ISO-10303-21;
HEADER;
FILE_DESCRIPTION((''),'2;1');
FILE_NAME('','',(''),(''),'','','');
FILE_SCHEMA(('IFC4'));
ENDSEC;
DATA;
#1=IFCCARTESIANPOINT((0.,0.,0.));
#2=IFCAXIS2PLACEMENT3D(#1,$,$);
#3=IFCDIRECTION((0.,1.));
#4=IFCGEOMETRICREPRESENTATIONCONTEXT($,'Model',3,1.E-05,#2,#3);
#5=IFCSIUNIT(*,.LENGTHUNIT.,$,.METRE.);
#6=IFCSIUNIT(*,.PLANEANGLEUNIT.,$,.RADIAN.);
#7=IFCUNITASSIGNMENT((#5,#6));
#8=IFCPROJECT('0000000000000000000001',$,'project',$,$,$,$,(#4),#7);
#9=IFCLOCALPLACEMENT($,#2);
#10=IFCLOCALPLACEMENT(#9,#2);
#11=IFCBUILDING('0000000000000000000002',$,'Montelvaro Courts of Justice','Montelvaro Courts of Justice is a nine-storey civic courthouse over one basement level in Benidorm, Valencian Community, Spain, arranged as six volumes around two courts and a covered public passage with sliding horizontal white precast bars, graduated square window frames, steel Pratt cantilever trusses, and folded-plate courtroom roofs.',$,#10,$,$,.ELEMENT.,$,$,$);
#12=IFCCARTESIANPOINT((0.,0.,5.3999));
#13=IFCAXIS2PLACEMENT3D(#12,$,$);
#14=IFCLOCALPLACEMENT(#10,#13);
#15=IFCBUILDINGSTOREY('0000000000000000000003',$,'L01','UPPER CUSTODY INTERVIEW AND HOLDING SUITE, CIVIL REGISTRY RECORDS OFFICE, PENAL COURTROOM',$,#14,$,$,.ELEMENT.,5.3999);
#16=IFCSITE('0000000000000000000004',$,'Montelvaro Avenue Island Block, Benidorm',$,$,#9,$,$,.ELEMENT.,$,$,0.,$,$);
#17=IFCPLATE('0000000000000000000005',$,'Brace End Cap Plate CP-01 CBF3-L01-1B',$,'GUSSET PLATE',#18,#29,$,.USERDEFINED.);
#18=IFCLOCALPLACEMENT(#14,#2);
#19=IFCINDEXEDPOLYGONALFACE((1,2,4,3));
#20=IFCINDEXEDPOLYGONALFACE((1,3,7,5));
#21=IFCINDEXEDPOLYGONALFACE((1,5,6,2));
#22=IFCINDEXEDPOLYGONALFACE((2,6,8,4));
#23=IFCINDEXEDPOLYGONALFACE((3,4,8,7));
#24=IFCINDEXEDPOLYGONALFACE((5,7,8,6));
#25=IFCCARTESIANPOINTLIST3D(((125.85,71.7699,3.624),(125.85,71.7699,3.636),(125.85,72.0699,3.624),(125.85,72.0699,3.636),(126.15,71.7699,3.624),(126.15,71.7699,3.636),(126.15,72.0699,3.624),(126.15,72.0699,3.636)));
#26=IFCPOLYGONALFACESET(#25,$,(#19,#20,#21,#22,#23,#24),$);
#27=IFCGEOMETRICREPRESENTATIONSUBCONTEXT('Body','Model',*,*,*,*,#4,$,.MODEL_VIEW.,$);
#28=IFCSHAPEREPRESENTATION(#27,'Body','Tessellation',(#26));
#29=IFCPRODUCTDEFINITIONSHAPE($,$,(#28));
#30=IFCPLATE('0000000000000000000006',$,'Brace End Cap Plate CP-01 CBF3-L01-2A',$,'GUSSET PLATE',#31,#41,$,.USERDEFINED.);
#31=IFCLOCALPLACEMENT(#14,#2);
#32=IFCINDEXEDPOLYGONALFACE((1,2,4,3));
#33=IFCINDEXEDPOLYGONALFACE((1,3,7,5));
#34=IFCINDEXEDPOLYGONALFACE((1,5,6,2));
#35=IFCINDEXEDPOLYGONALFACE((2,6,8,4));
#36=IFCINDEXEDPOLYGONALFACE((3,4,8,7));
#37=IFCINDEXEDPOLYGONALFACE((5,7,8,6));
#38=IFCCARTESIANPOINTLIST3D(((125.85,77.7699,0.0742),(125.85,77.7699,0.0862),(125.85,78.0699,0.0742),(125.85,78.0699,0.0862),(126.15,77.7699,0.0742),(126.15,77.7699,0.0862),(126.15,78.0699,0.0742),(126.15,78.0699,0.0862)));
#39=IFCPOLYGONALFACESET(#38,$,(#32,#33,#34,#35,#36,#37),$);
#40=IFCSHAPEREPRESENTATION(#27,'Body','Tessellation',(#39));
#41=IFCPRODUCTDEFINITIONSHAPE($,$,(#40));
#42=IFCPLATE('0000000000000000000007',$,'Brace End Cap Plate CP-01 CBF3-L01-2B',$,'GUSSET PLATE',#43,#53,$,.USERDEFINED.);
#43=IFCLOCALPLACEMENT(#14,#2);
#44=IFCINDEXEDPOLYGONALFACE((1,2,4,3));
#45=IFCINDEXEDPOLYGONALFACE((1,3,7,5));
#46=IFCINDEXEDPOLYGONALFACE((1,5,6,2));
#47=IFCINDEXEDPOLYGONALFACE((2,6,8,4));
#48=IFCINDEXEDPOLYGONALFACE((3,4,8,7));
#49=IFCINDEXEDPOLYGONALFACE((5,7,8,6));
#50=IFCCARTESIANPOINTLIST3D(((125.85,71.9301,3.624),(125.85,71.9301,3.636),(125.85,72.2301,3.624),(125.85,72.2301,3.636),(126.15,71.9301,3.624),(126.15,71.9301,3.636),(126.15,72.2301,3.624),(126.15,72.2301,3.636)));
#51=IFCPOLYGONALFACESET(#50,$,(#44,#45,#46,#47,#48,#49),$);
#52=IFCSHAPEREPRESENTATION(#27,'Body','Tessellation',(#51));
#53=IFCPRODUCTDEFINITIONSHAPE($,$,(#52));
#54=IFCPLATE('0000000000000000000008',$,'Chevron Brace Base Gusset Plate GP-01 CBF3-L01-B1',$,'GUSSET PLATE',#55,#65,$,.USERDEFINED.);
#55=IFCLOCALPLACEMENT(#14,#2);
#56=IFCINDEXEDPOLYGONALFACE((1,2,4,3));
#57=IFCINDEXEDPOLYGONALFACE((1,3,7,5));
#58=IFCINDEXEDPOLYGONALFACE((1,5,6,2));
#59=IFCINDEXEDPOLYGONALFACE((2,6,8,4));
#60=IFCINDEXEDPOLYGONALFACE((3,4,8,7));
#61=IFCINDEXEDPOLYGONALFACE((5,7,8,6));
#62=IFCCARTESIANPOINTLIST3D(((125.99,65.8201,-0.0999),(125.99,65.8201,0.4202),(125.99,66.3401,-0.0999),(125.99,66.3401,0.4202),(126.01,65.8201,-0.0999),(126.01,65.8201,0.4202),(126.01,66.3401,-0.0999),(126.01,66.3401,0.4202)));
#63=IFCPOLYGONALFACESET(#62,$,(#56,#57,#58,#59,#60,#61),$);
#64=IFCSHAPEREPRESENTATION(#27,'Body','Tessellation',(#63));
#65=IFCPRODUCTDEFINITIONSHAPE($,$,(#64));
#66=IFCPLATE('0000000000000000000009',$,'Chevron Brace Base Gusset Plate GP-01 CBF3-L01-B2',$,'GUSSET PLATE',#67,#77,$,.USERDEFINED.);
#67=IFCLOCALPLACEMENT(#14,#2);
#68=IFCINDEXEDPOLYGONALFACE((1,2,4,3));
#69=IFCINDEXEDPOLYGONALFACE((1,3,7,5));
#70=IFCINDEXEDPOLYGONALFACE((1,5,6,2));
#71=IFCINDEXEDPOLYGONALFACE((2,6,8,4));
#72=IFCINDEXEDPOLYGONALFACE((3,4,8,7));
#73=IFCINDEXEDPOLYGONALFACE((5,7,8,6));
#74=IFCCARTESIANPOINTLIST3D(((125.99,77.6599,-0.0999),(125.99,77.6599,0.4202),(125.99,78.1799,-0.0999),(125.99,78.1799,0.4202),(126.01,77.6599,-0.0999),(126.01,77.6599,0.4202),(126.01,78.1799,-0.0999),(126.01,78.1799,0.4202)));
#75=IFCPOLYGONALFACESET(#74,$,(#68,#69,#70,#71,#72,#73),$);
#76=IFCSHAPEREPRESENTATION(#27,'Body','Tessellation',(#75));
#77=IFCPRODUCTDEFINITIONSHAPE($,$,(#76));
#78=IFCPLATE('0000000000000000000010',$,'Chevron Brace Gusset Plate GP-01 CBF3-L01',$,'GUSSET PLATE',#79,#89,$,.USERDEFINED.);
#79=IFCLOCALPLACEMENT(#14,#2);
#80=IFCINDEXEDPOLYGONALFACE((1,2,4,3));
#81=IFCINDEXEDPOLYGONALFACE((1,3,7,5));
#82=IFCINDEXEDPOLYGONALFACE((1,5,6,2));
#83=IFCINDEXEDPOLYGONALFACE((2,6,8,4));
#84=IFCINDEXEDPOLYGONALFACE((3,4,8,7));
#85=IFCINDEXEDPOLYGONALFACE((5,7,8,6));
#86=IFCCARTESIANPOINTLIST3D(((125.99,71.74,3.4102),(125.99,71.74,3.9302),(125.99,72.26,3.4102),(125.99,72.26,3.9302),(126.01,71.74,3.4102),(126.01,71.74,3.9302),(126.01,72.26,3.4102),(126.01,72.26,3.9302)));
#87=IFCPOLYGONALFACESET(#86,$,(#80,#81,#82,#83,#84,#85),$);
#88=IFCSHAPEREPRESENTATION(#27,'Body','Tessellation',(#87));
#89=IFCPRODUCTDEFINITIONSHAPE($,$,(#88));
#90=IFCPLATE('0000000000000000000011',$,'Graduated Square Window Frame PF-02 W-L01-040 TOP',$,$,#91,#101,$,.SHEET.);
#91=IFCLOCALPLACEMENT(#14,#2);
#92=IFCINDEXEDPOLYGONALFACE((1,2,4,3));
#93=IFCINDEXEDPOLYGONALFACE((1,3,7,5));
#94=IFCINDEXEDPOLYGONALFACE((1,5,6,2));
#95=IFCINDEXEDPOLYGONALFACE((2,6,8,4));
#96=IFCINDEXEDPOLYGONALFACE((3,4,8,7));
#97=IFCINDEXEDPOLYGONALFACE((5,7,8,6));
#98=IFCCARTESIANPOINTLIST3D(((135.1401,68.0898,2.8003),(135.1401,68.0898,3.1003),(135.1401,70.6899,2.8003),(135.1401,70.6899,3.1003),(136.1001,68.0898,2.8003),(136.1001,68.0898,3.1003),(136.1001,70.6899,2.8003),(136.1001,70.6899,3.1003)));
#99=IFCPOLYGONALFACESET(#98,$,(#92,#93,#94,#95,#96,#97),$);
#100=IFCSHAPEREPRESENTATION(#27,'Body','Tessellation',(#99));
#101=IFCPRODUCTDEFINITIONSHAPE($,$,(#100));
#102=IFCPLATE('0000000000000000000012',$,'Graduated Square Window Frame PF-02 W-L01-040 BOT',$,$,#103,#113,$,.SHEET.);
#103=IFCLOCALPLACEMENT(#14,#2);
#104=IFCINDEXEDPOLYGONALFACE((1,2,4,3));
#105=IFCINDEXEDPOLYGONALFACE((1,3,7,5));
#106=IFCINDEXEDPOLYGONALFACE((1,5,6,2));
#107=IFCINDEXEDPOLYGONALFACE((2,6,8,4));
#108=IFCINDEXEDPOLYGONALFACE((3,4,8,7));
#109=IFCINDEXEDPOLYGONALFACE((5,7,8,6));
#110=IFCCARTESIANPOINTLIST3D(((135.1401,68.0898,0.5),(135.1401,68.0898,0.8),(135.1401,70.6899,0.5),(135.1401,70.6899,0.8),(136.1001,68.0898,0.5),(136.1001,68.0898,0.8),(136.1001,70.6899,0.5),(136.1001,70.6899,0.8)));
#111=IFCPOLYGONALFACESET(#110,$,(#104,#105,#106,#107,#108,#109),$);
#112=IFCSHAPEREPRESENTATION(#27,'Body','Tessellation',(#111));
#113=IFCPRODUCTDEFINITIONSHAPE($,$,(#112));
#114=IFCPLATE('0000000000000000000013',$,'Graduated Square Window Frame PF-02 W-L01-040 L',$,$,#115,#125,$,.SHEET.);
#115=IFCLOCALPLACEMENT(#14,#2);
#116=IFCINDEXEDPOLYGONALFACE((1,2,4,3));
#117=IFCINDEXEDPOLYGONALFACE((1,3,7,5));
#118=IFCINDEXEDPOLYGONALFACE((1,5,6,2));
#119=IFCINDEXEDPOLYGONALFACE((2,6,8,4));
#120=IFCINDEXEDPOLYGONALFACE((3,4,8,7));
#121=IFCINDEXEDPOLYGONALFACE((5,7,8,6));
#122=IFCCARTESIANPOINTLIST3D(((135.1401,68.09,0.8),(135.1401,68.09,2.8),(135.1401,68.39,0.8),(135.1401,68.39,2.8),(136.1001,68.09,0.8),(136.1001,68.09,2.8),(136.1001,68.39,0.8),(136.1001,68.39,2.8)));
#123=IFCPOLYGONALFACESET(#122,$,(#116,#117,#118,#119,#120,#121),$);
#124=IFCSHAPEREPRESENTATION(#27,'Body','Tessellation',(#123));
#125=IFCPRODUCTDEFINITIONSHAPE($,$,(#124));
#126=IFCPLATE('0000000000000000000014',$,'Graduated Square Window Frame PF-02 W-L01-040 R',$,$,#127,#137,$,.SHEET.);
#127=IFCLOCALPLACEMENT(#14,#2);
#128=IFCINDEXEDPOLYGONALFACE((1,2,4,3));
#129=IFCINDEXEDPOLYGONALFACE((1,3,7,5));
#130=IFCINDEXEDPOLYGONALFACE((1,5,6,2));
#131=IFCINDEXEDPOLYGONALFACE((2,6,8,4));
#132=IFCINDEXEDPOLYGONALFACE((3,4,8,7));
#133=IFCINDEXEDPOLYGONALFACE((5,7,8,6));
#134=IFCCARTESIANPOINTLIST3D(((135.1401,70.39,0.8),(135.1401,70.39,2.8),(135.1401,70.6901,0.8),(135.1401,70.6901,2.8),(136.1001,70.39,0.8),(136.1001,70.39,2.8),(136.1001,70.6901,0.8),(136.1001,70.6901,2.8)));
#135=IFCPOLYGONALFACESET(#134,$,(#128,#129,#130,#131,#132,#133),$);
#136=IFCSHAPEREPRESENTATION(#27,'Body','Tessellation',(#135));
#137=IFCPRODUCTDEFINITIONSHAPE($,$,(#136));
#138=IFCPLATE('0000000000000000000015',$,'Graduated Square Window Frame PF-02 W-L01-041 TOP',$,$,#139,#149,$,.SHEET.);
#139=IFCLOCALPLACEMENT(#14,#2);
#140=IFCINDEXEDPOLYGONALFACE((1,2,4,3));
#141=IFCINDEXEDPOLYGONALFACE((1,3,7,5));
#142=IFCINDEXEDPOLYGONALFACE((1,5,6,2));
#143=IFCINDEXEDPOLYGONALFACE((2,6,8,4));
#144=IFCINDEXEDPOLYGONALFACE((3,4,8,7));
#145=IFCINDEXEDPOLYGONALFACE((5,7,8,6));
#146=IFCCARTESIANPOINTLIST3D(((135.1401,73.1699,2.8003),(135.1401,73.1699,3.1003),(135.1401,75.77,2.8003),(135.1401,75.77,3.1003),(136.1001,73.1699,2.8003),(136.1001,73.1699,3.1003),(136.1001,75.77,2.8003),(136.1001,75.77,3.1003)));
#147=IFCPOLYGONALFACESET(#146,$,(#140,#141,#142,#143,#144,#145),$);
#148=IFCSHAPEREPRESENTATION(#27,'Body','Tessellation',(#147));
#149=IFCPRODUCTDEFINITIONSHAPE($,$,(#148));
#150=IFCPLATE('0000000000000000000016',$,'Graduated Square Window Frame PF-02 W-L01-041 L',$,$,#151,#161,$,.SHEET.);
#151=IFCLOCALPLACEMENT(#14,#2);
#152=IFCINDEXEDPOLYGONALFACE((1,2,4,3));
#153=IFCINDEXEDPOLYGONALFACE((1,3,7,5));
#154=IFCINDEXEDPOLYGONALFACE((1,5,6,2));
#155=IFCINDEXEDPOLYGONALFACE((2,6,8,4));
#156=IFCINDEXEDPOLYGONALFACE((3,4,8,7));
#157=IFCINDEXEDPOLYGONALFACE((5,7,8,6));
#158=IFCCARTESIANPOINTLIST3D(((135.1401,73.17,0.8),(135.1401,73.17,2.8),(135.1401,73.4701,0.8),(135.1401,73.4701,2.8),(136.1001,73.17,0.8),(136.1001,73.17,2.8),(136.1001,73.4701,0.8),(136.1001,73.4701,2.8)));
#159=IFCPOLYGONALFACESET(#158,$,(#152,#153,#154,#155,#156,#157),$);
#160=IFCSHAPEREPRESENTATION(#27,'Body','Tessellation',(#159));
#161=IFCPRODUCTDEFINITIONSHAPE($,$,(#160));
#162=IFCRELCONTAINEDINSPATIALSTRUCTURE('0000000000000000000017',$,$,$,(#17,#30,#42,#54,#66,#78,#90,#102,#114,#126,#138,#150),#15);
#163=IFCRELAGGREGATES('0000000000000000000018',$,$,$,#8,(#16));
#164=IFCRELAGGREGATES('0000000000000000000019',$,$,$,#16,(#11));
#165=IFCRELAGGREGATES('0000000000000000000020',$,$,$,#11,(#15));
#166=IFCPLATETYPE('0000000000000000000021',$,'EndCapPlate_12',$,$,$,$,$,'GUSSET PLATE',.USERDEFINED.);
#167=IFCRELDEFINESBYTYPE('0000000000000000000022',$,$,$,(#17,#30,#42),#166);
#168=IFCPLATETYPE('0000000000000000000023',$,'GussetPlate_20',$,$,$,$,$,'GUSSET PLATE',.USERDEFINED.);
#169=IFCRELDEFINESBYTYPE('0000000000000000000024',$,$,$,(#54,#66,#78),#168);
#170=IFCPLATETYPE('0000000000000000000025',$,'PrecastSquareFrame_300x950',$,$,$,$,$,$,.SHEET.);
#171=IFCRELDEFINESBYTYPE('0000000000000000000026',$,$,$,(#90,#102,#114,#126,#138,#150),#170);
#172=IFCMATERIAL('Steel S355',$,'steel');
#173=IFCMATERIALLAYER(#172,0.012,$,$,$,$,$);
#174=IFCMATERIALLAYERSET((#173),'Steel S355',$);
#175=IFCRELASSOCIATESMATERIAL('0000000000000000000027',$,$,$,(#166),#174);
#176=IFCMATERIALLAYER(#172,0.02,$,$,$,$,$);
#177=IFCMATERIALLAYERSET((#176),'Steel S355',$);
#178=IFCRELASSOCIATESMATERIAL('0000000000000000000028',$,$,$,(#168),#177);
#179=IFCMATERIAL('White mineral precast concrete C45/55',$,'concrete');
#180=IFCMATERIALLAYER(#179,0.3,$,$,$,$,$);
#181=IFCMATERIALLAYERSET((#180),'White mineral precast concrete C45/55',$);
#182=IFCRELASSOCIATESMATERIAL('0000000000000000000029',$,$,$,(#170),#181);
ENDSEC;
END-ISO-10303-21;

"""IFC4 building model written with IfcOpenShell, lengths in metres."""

from ifc_helpers import new_model, si_unit, direction, frame, origin, origin_2d, place, context, subcontext, project, spatial, rectangle, extrude, material, layer, layer_set, type_object, element, save


model = new_model("IFC4")

# Units and contexts
model_context = context("Model", 3, precision=1e-05, world=origin(), true_north=direction((0.0, 1.0)))
body_context = subcontext(model_context, "Body", "Model", "MODEL_VIEW")
ifc_project = project(units=[si_unit("LENGTHUNIT", "METRE"), si_unit("PLANEANGLEUNIT", "RADIAN")], contexts=[model_context])

# Site, building, storey
site_placement = place(None, origin())
site = spatial("IfcSite", under=ifc_project, at=site_placement, Name="Montelvaro Avenue Island Block, Benidorm", CompositionType="ELEMENT", RefElevation=0.0)
building_placement = place(site_placement, origin())
building = spatial("IfcBuilding", under=site, at=building_placement, Name="Montelvaro Courts of Justice", Description="Montelvaro Courts of Justice is a nine-storey civic courthouse over one basement level in Benidorm, Valencian Community, Spain, arranged as six volumes around two courts and a covered public passage with sliding horizontal white precast bars, graduated square window frames, steel Pratt cantilever trusses, and folded-plate courtroom roofs.", CompositionType="ELEMENT")
storey_placement = place(building_placement, frame((0.0, 0.0, 5.3999)))
storey = spatial("IfcBuildingStorey", under=building, at=storey_placement, Name="L01", Description="UPPER CUSTODY INTERVIEW AND HOLDING SUITE, CIVIL REGISTRY RECORDS OFFICE, PENAL COURTROOM", CompositionType="ELEMENT", Elevation=5.3999)

# Shared definitions
ifc_material_1 = material(Name="Steel S355", Category="steel")

# Plates
ifc_layer_1 = layer(ifc_material_1, 0.012)
ifc_layer_set_1 = layer_set([ifc_layer_1], Name="Steel S355")
plate_type_1 = type_object("IfcPlateType", Name="EndCapPlate_12", ElementType="GUSSET PLATE", PredefinedType="USERDEFINED", material=ifc_layer_set_1)
for number, where, z_axis, x_axis, name in (
    (1, (126.0, 71.9199, 3.624), (0.0, 0.0, 1.0), (1.0, 0.0, 0.0), "Brace End Cap Plate CP-01 CBF3-L01-1B"),
    (2, (126.0, 77.9199, 0.0742), (0.0, 0.0, 1.0), (1.0, 0.0, 0.0), "Brace End Cap Plate CP-01 CBF3-L01-2A"),
    (3, (126.0, 72.0801, 3.624), (0.0, 0.0, 1.0), (1.0, 0.0, 0.0), "Brace End Cap Plate CP-01 CBF3-L01-2B"),
):
    element("IfcPlate", number, at=place(storey_placement, frame(where, z_axis=z_axis, x_axis=x_axis)), inside=storey, type_object=plate_type_1, Name=name, ObjectType="GUSSET PLATE", PredefinedType="USERDEFINED", context=body_context, shape_type="SweptSolid", body=[
        extrude(rectangle(XDim=0.3, YDim=0.3, at=origin_2d()), origin(), (0.0, 0.0, 1.0), 0.012),
    ])
ifc_layer_2 = layer(ifc_material_1, 0.02)
ifc_layer_set_2 = layer_set([ifc_layer_2], Name="Steel S355")
plate_type_2 = type_object("IfcPlateType", Name="GussetPlate_20", ElementType="GUSSET PLATE", PredefinedType="USERDEFINED", material=ifc_layer_set_2)
for number, where, z_axis, x_axis, name in (
    (4, (126.0, 66.0801, -0.0999), (0.0, 0.0, 1.0), (1.0, 0.0, 0.0), "Chevron Brace Base Gusset Plate GP-01 CBF3-L01-B1"),
    (5, (126.0, 77.9199, -0.0999), (0.0, 0.0, 1.0), (1.0, 0.0, 0.0), "Chevron Brace Base Gusset Plate GP-01 CBF3-L01-B2"),
    (6, (126.0, 72.0, 3.4102), (0.0, 0.0, 1.0), (1.0, 0.0, 0.0), "Chevron Brace Gusset Plate GP-01 CBF3-L01"),
):
    element("IfcPlate", number, at=place(storey_placement, frame(where, z_axis=z_axis, x_axis=x_axis)), inside=storey, type_object=plate_type_2, Name=name, ObjectType="GUSSET PLATE", PredefinedType="USERDEFINED", context=body_context, shape_type="SweptSolid", body=[
        extrude(rectangle(XDim=0.02, YDim=0.52, at=origin_2d()), origin(), (0.0, 0.0, 1.0), 0.52),
    ])
ifc_material_2 = material(Name="White mineral precast concrete C45/55", Category="concrete")
ifc_layer_3 = layer(ifc_material_2, 0.3)
ifc_layer_set_3 = layer_set([ifc_layer_3], Name="White mineral precast concrete C45/55")
plate_type_3 = type_object("IfcPlateType", Name="PrecastSquareFrame_300x950", PredefinedType="SHEET", material=ifc_layer_set_3)
for number, where, z_axis, x_axis, name in (
    (7, (135.6201, 69.3899, 2.8003), (0.0, 0.0, 1.0), (0.0, 1.0, 0.0), "Graduated Square Window Frame PF-02 W-L01-040 TOP"),
    (8, (135.6201, 69.3899, 0.5), (0.0, 0.0, 1.0), (0.0, 1.0, 0.0), "Graduated Square Window Frame PF-02 W-L01-040 BOT"),
):
    element("IfcPlate", number, at=place(storey_placement, frame(where, z_axis=z_axis, x_axis=x_axis)), inside=storey, type_object=plate_type_3, Name=name, PredefinedType="SHEET", context=body_context, shape_type="SweptSolid", body=[
        extrude(rectangle(XDim=2.6001, YDim=0.96, at=origin_2d()), origin(), (0.0, 0.0, 1.0), 0.3),
    ])
for number, where, z_axis, x_axis, name in (
    (9, (135.6201, 68.24, 0.8), (0.0, 0.0, 1.0), (0.0, 1.0, 0.0), "Graduated Square Window Frame PF-02 W-L01-040 L"),
    (10, (135.6201, 70.54, 0.8), (0.0, 0.0, 1.0), (0.0, 1.0, 0.0), "Graduated Square Window Frame PF-02 W-L01-040 R"),
):
    element("IfcPlate", number, at=place(storey_placement, frame(where, z_axis=z_axis, x_axis=x_axis)), inside=storey, type_object=plate_type_3, Name=name, PredefinedType="SHEET", context=body_context, shape_type="SweptSolid", body=[
        extrude(rectangle(XDim=0.3, YDim=0.96, at=origin_2d()), origin(), (0.0, 0.0, 1.0), 2.0),
    ])
plate_1_placement = place(storey_placement, frame((135.6201, 74.47, 2.8003), z_axis=(0.0, 0.0, 1.0), x_axis=(0.0, 1.0, 0.0)))
element("IfcPlate", 11, at=plate_1_placement, inside=storey, type_object=plate_type_3, Name="Graduated Square Window Frame PF-02 W-L01-041 TOP", PredefinedType="SHEET", context=body_context, shape_type="SweptSolid", body=[
    extrude(rectangle(XDim=2.6001, YDim=0.96, at=origin_2d()), origin(), (0.0, 0.0, 1.0), 0.3),
])
plate_2_placement = place(storey_placement, frame((135.6201, 73.3201, 0.8), z_axis=(0.0, 0.0, 1.0), x_axis=(0.0, 1.0, 0.0)))
element("IfcPlate", 12, at=plate_2_placement, inside=storey, type_object=plate_type_3, Name="Graduated Square Window Frame PF-02 W-L01-041 L", PredefinedType="SHEET", context=body_context, shape_type="SweptSolid", body=[
    extrude(rectangle(XDim=0.3, YDim=0.96, at=origin_2d()), origin(), (0.0, 0.0, 1.0), 2.0),
])

save(model, "model.ifc")
